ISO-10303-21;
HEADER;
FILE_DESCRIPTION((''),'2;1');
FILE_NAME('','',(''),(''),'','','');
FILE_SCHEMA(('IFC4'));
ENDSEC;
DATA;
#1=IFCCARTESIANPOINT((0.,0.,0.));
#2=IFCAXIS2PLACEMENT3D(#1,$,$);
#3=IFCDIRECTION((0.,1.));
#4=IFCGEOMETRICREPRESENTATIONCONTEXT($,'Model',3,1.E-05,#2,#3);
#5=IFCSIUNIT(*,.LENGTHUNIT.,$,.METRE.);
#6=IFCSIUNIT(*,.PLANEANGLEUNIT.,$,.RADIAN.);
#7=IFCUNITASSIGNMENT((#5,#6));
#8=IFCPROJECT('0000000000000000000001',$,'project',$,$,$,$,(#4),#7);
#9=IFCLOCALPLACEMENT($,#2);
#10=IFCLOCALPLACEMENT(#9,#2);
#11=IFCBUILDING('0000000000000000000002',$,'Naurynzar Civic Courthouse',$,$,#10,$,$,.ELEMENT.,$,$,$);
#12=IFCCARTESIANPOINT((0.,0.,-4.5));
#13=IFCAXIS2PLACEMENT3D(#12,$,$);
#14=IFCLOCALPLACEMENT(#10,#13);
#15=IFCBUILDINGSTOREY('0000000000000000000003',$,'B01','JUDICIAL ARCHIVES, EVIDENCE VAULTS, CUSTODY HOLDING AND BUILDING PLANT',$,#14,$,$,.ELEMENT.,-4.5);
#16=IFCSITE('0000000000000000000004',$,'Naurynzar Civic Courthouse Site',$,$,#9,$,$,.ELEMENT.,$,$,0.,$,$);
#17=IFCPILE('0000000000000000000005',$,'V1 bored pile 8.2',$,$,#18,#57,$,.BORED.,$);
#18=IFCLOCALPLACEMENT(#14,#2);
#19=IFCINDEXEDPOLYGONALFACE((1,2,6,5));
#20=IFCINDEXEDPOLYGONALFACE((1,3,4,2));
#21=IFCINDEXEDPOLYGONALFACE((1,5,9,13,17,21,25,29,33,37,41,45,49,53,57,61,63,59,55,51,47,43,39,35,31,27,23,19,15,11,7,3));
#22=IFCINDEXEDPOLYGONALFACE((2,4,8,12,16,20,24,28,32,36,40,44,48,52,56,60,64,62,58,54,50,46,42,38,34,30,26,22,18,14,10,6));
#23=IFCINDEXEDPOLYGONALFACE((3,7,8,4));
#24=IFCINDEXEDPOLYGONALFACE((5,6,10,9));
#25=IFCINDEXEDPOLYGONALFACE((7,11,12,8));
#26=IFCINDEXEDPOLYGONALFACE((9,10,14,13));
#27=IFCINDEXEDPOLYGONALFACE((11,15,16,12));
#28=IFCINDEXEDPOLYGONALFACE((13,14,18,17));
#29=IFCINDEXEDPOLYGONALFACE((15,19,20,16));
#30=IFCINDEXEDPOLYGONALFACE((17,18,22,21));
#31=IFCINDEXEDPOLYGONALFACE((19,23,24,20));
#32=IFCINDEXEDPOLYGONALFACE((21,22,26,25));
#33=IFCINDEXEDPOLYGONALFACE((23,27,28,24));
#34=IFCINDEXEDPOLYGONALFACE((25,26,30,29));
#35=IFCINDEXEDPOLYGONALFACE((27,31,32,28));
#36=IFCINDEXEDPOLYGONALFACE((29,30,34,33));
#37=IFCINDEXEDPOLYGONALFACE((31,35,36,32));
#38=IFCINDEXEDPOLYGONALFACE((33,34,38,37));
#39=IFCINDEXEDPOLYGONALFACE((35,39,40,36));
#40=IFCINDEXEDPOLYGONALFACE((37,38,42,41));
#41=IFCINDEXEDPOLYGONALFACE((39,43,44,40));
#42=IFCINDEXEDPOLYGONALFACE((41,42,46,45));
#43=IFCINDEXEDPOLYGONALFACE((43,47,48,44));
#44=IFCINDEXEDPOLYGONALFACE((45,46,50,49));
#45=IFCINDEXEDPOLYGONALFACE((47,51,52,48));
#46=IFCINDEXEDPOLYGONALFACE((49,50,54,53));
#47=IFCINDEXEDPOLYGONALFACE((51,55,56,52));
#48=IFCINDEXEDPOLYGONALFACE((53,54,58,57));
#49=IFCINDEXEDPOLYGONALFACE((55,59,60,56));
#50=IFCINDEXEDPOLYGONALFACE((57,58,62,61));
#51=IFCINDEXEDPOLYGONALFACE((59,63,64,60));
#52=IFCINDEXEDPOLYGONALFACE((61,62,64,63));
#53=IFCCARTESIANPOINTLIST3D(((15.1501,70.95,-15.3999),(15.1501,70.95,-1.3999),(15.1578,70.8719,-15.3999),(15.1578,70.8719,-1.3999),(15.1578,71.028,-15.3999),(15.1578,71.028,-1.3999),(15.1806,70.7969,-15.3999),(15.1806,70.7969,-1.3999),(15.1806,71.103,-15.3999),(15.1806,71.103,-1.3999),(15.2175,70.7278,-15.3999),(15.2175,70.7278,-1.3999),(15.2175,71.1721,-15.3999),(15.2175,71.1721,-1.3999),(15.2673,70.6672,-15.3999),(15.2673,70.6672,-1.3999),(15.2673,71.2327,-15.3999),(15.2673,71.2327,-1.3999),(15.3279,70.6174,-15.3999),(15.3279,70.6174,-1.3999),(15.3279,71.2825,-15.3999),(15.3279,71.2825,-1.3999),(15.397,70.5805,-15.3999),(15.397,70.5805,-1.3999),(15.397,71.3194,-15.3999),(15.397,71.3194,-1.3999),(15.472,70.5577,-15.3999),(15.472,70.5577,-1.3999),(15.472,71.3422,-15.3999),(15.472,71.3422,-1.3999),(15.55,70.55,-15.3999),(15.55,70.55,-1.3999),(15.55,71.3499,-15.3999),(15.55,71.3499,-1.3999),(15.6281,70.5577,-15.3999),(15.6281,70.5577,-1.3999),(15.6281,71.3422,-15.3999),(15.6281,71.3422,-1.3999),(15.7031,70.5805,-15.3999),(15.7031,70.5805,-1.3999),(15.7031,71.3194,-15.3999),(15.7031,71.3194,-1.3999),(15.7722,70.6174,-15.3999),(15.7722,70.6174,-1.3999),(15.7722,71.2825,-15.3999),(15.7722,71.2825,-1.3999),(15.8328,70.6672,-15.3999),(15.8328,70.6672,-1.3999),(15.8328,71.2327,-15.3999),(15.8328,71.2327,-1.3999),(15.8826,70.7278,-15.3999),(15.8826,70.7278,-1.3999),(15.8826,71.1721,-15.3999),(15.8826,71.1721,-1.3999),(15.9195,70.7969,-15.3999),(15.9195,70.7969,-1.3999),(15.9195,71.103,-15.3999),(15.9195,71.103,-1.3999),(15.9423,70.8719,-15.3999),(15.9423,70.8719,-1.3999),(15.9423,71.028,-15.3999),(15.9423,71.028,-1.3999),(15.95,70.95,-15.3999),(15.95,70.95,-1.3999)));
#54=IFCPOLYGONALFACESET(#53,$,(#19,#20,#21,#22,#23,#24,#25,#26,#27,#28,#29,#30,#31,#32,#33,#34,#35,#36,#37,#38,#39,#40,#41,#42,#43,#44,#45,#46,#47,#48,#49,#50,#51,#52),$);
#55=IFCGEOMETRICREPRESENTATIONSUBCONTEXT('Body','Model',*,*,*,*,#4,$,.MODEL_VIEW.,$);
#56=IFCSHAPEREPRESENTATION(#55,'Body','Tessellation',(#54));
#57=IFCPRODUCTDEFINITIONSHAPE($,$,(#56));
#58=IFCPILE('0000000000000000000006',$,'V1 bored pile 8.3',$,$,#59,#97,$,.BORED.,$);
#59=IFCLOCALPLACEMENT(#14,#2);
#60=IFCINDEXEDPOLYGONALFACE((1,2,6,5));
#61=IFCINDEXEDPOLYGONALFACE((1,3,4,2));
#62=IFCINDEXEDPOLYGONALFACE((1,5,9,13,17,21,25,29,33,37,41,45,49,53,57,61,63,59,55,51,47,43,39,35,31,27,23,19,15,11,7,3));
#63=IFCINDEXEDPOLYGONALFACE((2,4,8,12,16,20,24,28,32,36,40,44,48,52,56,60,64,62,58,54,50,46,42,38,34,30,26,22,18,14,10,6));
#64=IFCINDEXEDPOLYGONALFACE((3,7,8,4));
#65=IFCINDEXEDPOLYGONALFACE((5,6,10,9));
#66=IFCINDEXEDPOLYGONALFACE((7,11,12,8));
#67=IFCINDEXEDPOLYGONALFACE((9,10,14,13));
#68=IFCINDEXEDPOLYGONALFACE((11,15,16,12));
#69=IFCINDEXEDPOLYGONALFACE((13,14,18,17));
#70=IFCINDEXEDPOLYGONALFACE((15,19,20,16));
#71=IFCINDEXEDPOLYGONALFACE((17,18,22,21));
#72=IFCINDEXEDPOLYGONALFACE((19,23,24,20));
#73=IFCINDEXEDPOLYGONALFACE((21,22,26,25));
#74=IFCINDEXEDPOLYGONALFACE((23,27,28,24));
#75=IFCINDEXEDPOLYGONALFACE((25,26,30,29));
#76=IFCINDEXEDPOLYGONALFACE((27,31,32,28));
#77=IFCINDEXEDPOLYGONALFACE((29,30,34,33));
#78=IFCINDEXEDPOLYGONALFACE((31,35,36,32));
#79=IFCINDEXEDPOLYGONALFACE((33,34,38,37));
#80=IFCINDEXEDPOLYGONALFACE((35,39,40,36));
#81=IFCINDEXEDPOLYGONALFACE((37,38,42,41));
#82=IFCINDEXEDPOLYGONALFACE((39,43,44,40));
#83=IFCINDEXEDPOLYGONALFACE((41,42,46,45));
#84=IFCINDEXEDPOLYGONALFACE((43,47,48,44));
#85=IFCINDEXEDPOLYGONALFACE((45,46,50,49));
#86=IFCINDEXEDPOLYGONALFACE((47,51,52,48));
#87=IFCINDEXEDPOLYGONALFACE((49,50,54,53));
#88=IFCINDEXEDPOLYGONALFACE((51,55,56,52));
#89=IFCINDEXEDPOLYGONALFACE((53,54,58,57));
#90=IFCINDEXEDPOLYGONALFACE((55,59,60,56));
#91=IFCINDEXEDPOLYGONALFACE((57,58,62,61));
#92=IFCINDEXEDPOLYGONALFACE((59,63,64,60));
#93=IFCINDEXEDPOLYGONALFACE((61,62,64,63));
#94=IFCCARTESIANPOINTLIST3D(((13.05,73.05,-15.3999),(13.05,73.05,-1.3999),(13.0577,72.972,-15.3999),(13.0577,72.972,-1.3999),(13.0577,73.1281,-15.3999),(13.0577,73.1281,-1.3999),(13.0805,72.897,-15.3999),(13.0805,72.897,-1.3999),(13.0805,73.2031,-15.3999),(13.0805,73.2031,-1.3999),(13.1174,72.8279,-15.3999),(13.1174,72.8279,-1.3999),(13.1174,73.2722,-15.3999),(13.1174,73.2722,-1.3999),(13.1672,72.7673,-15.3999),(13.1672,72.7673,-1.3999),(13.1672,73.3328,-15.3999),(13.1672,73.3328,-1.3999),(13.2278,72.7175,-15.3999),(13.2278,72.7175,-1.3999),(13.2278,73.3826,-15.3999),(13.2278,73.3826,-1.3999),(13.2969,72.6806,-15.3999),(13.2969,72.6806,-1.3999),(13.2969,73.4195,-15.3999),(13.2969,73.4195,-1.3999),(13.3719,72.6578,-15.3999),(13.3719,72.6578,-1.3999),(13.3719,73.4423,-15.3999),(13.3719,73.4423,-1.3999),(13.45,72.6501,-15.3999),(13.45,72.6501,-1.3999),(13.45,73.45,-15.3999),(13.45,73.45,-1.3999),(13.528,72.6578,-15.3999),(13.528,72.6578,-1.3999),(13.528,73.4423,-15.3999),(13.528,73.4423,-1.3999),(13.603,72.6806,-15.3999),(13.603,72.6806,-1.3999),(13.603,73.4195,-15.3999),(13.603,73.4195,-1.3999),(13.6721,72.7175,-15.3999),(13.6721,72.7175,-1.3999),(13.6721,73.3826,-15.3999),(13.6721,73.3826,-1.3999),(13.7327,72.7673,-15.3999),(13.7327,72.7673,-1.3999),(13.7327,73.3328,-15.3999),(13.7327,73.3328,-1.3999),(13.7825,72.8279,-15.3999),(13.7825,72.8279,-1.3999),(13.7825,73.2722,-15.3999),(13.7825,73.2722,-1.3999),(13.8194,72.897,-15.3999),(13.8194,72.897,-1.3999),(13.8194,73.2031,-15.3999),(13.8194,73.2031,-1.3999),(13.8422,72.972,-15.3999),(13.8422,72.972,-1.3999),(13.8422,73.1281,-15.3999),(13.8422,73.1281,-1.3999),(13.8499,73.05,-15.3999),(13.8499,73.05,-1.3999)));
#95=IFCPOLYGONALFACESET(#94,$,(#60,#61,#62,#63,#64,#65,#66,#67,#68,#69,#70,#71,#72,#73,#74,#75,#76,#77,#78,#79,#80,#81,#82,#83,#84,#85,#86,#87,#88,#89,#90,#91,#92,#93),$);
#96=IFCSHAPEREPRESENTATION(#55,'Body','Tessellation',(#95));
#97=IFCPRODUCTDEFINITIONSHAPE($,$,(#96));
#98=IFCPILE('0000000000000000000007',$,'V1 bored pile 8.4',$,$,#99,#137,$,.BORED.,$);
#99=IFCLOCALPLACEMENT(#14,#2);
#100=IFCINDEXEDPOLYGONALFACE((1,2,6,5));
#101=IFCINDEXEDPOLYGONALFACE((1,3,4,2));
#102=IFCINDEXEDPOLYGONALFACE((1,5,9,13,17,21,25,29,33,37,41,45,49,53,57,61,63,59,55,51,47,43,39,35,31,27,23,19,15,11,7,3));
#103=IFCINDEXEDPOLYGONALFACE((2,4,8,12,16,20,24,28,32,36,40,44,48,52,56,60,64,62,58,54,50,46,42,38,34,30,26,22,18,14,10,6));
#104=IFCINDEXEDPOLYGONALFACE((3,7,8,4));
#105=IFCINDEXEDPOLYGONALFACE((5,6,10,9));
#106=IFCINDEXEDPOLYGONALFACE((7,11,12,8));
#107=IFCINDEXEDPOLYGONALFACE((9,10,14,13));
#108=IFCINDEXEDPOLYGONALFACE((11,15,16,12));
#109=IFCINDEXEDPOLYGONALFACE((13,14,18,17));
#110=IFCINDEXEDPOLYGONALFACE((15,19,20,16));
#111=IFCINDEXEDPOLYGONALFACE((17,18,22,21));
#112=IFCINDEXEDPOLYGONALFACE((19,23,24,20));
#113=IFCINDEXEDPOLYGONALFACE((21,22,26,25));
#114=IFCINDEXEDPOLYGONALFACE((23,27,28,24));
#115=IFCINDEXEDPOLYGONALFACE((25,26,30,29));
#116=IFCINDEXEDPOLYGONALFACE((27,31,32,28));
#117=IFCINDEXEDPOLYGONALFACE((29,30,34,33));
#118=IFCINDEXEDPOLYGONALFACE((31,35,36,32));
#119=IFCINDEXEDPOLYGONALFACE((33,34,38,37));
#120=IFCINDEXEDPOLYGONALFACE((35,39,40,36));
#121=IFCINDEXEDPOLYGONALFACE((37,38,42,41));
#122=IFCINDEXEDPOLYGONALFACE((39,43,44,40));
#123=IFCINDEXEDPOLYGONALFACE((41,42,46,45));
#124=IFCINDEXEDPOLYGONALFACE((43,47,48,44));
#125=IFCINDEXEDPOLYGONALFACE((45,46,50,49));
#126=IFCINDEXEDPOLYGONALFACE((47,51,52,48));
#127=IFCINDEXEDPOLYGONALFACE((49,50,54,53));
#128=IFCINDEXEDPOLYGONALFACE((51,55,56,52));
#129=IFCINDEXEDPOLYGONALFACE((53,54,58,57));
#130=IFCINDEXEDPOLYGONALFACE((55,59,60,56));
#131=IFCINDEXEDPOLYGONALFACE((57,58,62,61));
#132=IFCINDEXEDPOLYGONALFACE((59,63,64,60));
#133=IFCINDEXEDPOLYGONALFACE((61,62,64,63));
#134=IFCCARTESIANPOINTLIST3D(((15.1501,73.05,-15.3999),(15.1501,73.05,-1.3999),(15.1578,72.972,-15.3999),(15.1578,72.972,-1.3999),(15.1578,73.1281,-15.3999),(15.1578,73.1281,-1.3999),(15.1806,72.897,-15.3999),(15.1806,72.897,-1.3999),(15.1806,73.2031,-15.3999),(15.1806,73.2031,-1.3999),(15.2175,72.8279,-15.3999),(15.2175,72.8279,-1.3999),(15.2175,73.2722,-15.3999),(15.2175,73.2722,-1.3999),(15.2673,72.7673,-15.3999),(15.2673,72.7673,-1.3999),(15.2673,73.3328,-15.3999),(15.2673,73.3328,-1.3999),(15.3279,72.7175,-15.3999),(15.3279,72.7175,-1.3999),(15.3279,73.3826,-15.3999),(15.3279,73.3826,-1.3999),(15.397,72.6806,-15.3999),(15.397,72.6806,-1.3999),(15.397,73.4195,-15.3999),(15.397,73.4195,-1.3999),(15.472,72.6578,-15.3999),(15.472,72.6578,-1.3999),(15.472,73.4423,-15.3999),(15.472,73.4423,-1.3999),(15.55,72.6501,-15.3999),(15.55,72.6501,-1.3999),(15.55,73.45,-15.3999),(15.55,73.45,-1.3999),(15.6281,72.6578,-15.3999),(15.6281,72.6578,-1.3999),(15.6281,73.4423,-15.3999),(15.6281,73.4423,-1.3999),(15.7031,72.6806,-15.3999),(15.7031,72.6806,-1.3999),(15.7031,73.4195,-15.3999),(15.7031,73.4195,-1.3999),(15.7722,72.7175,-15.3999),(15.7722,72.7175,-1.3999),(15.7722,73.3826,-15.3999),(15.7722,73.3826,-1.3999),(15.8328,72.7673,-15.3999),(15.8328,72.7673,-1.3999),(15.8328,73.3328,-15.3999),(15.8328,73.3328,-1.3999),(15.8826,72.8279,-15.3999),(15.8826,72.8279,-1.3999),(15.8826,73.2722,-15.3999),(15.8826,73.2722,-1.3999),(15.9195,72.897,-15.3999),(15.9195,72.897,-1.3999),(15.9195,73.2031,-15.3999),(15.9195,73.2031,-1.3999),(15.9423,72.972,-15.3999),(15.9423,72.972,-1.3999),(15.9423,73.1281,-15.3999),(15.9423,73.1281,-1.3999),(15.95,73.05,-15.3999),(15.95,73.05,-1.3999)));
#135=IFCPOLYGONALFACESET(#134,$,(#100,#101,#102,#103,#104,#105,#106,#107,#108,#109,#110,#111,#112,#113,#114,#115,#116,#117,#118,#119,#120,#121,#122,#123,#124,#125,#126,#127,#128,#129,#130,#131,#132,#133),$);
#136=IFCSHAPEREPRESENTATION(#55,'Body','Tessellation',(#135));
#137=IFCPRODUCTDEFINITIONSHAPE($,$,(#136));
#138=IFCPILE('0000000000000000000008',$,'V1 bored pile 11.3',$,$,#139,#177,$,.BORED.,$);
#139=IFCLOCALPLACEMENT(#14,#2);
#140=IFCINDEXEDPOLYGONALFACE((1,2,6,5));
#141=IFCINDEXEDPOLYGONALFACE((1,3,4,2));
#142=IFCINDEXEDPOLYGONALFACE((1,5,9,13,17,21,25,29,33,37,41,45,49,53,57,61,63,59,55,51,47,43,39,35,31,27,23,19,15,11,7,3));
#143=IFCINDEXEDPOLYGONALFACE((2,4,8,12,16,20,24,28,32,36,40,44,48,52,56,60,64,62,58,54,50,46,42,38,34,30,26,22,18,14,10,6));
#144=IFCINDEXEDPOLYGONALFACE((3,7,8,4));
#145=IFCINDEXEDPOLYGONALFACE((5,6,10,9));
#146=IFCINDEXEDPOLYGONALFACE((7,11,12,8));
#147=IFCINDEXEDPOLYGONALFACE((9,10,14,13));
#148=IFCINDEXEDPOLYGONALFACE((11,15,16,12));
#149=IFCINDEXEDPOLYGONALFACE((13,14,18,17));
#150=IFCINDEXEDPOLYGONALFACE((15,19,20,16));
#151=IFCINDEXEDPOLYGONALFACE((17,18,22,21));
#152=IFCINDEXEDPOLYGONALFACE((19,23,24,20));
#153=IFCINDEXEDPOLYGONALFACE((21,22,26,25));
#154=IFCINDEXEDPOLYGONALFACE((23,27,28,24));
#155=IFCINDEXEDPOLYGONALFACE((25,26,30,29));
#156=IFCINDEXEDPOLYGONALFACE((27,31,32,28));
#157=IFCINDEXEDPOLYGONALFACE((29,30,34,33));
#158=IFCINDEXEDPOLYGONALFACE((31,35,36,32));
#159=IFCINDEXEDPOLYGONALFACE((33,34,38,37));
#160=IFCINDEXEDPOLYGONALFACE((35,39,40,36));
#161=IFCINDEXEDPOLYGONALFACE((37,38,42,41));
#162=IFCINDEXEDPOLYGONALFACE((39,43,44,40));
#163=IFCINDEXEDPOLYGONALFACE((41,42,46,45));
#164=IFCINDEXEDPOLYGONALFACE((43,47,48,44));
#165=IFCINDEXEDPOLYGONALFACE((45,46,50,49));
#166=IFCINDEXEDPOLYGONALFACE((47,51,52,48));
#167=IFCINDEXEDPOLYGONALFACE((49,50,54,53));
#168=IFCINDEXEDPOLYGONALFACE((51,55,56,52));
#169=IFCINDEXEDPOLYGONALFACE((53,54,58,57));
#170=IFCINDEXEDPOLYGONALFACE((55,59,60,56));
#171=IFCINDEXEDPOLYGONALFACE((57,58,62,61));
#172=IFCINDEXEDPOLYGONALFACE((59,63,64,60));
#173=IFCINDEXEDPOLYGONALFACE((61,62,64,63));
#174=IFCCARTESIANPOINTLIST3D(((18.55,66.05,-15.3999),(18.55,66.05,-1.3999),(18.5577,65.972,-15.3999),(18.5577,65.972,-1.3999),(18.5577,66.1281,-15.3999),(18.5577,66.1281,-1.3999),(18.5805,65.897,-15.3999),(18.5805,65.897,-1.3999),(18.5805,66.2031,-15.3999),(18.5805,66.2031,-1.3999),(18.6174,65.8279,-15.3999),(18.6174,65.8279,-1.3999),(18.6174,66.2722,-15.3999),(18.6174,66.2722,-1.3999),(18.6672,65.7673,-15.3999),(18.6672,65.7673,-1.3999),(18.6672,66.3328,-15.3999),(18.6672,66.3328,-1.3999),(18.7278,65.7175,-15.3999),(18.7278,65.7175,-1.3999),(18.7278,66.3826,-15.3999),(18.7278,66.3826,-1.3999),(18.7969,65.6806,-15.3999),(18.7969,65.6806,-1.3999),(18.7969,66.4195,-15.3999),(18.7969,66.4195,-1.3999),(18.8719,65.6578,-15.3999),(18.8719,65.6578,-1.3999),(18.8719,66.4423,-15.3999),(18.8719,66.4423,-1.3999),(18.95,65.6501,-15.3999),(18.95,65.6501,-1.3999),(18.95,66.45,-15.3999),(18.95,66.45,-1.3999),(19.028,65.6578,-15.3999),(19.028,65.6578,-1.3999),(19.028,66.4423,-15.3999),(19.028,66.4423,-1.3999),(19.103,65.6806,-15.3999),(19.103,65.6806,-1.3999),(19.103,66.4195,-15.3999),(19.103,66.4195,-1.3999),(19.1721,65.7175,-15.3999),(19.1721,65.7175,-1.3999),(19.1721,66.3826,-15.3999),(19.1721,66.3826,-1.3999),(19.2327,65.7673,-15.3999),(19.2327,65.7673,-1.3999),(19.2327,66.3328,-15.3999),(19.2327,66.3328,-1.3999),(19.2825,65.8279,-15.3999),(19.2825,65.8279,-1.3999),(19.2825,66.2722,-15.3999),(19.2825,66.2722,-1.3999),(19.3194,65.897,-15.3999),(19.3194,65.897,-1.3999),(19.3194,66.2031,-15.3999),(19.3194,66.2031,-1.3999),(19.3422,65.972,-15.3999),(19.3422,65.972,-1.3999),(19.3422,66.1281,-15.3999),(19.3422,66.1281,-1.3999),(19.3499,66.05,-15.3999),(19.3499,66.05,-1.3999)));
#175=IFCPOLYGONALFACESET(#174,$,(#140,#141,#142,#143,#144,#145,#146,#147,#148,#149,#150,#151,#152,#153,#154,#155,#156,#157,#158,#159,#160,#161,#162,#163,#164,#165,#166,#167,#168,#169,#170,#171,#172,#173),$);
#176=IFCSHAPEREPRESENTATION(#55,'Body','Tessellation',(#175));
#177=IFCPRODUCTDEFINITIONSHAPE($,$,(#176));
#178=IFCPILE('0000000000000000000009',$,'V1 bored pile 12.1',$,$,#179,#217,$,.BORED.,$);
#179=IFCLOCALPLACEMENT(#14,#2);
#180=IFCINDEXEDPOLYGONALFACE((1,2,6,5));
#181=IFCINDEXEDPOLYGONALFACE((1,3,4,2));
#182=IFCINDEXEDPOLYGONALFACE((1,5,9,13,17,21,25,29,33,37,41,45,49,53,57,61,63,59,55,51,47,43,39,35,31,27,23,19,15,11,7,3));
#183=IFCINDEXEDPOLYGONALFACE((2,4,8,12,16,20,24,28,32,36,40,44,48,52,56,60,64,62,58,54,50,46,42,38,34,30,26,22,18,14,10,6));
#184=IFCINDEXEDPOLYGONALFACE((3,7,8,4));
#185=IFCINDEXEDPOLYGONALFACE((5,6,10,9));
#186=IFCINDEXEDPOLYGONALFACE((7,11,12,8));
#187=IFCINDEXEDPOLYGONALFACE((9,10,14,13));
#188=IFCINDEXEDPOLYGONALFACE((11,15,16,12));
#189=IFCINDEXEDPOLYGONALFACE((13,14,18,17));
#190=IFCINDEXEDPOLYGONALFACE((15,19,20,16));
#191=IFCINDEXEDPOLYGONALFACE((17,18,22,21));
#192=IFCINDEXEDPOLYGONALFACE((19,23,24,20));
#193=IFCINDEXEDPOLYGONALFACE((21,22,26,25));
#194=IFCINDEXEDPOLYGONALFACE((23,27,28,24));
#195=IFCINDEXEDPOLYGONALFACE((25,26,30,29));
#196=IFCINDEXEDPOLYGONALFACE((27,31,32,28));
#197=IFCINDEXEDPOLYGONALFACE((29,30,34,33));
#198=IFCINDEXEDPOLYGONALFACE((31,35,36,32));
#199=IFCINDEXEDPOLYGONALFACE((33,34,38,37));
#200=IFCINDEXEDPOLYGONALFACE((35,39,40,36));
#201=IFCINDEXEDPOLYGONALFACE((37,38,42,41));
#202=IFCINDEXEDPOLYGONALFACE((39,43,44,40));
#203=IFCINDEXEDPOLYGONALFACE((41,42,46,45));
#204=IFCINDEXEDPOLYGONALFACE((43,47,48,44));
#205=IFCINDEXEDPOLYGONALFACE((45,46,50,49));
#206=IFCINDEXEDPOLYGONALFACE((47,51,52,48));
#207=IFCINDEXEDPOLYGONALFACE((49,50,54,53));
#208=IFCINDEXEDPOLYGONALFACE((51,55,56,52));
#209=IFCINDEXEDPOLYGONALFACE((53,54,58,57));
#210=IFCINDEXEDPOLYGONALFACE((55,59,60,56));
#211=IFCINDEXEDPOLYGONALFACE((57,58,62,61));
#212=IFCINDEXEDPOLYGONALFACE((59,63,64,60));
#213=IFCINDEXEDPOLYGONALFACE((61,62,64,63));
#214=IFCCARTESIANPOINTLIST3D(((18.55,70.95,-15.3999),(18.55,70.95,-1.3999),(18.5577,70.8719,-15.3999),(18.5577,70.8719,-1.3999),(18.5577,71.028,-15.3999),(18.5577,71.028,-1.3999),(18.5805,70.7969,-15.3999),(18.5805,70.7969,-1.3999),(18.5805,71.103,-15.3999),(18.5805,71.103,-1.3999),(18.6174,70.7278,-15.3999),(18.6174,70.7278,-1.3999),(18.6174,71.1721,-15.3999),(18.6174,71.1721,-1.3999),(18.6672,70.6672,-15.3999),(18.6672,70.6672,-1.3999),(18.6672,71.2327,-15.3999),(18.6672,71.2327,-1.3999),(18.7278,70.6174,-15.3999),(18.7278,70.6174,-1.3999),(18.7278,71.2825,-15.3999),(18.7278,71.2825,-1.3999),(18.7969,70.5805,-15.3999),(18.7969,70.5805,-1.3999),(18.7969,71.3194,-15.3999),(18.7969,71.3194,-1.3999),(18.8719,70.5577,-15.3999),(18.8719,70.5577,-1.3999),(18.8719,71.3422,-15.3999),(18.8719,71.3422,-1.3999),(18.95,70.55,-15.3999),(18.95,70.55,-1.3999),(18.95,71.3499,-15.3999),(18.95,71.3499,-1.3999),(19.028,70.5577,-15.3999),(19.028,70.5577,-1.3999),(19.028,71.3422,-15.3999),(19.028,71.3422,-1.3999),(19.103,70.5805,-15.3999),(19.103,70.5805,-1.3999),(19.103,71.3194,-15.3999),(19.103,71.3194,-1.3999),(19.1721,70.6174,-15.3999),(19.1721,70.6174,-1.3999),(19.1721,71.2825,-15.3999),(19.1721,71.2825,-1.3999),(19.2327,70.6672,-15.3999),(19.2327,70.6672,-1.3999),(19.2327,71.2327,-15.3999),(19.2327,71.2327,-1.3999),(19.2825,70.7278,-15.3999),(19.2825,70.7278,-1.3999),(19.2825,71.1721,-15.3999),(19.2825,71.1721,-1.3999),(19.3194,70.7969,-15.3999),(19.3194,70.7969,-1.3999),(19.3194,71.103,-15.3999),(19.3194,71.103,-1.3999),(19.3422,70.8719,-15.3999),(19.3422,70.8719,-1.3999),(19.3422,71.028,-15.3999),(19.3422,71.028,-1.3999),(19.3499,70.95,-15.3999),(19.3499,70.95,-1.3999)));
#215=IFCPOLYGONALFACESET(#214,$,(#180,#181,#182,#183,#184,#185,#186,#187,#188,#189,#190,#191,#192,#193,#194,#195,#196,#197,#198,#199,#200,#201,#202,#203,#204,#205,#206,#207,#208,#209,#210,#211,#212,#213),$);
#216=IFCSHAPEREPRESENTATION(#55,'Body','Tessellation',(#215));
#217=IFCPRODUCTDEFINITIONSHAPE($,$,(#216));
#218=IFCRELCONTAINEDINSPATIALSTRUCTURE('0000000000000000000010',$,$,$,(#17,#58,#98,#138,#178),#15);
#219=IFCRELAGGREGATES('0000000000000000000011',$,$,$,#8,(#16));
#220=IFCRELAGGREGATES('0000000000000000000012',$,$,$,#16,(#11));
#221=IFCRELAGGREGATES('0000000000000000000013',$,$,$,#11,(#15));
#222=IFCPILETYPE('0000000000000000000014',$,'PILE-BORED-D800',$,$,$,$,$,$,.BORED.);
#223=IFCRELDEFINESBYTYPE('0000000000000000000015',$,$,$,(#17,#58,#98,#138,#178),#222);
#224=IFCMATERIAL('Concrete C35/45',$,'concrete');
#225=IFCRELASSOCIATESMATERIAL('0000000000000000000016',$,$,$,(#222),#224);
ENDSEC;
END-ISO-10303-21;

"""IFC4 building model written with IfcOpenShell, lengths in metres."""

from ifc_helpers import new_model, si_unit, direction, frame, origin, origin_2d, place, context, subcontext, project, spatial, circle, extrude, material, material_profile, profile_set, type_object, element, save


model = new_model("IFC4")

# Units and contexts
model_context = context("Model", 3, precision=1e-05, world=origin(), true_north=direction((0.0, 1.0)))
body_context = subcontext(model_context, "Body", "Model", "MODEL_VIEW")
ifc_project = project(units=[si_unit("LENGTHUNIT", "METRE"), si_unit("PLANEANGLEUNIT", "RADIAN")], contexts=[model_context])

# Site, building, storey
site_placement = place(None, origin())
site = spatial("IfcSite", under=ifc_project, at=site_placement, Name="Naurynzar Civic Courthouse Site", CompositionType="ELEMENT", RefElevation=0.0)
building_placement = place(site_placement, origin())
building = spatial("IfcBuilding", under=site, at=building_placement, Name="Naurynzar Civic Courthouse", CompositionType="ELEMENT")
storey_placement = place(building_placement, frame((0.0, 0.0, -4.5)))
storey = spatial("IfcBuildingStorey", under=building, at=storey_placement, Name="B01", Description="JUDICIAL ARCHIVES, EVIDENCE VAULTS, CUSTODY HOLDING AND BUILDING PLANT", CompositionType="ELEMENT", Elevation=-4.5)

# Piles
ifc_material_1 = material(Name="Concrete C35/45", Category="concrete")
ifc_material_profile_1 = material_profile(ifc_material_1, circle(Radius=0.3999, at=origin_2d()), Name="PILE D800")
ifc_profile_set_1 = profile_set([ifc_material_profile_1], Name="Concrete C35/45")
pile_type = type_object("IfcPileType", Name="PILE-BORED-D800", PredefinedType="BORED", material=ifc_profile_set_1)
for number, where, z_axis, x_axis, name in (
    (1, (15.55, 70.95, -1.3999), (0.0, 0.0, -1.0), (1.0, 0.0, 0.0), "V1 bored pile 8.2"),
    (2, (13.45, 73.05, -1.3999), (0.0, 0.0, -1.0), (1.0, 0.0, 0.0), "V1 bored pile 8.3"),
    (3, (15.55, 73.05, -1.3999), (0.0, 0.0, -1.0), (1.0, 0.0, 0.0), "V1 bored pile 8.4"),
    (4, (18.95, 66.05, -1.3999), (0.0, 0.0, -1.0), (1.0, 0.0, 0.0), "V1 bored pile 11.3"),
    (5, (18.95, 70.95, -1.3999), (0.0, 0.0, -1.0), (1.0, 0.0, 0.0), "V1 bored pile 12.1"),
):
    element("IfcPile", number, at=place(storey_placement, frame(where, z_axis=z_axis, x_axis=x_axis)), inside=storey, type_object=pile_type, Name=name, PredefinedType="BORED", context=body_context, shape_type="SweptSolid", body=[
        extrude(circle(Radius=0.3999, at=origin_2d()), origin(), (0.0, 0.0, 1.0), 14.0),
    ])

save(model, "model.ifc")
